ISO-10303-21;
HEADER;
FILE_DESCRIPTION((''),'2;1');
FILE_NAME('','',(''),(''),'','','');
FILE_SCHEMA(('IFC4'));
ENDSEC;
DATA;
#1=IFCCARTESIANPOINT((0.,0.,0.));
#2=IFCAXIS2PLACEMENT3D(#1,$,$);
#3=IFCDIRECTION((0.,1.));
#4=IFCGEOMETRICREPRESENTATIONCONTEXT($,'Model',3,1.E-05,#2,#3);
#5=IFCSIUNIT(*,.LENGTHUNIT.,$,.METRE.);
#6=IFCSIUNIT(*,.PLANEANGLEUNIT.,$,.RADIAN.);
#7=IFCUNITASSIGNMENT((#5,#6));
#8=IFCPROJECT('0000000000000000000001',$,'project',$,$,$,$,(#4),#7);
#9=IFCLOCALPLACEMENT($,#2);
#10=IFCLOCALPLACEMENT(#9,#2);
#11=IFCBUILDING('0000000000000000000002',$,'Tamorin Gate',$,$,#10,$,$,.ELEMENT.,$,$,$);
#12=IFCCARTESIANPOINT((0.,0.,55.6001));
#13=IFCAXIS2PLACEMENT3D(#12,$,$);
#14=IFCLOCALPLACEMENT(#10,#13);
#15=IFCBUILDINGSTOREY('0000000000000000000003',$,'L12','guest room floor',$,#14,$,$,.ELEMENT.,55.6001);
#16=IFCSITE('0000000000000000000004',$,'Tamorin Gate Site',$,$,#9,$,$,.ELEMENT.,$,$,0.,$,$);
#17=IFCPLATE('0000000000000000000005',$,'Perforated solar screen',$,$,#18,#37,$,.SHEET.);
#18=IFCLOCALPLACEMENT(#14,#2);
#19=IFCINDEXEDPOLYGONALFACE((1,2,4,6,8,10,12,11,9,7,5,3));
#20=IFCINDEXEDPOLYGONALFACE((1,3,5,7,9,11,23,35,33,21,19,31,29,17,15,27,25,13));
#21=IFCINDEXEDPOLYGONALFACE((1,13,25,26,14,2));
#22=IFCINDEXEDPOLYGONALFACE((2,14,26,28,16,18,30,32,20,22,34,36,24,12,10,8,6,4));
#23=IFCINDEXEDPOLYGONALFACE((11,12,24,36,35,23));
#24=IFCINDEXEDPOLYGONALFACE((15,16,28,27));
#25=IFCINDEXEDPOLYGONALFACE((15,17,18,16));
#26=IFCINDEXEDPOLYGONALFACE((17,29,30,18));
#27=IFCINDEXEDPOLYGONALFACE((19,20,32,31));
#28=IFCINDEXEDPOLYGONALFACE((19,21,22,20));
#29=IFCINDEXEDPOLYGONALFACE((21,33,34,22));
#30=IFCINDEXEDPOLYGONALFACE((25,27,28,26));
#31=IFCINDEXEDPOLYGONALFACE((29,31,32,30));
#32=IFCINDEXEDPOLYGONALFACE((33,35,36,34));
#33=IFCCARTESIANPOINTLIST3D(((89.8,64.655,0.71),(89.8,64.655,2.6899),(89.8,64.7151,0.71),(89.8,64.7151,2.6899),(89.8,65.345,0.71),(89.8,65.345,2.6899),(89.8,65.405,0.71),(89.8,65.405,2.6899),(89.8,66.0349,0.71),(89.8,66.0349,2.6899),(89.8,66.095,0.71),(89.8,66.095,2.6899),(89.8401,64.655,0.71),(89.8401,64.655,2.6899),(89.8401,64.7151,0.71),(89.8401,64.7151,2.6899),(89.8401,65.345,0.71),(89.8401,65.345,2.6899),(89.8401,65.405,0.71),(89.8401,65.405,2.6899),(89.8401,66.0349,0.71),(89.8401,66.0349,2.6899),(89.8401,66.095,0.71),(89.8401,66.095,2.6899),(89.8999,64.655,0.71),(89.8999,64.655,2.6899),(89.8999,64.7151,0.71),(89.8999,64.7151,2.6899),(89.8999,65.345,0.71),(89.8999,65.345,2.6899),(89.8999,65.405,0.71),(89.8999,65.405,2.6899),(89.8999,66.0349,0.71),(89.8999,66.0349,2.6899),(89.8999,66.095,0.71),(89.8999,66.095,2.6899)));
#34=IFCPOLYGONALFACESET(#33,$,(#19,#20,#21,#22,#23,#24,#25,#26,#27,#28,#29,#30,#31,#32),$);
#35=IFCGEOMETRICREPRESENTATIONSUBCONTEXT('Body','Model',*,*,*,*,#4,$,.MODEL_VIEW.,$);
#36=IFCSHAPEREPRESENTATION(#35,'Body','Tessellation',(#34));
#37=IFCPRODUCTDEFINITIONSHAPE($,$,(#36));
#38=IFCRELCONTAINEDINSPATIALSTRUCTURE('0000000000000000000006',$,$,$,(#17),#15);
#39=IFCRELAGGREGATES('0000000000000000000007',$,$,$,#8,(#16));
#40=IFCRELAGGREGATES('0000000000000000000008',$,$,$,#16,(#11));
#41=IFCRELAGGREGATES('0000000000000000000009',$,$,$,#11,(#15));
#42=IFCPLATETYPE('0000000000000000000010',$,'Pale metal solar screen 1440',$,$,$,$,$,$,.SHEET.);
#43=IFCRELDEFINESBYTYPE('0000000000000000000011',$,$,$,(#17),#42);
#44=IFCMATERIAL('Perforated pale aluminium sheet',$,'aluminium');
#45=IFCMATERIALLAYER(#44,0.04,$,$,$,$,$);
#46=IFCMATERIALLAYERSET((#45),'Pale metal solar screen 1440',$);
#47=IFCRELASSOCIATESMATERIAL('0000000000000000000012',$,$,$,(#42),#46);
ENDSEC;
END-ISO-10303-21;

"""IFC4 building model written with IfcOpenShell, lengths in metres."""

from ifc_helpers import new_model, si_unit, direction, frame, origin, place, context, subcontext, project, spatial, polyline, outline, extrude, material, layer, layer_set, type_object, element, save


model = new_model("IFC4")

# Units and contexts
model_context = context("Model", 3, precision=1e-05, world=origin(), true_north=direction((0.0, 1.0)))
body_context = subcontext(model_context, "Body", "Model", "MODEL_VIEW")
ifc_project = project(units=[si_unit("LENGTHUNIT", "METRE"), si_unit("PLANEANGLEUNIT", "RADIAN")], contexts=[model_context])

# Site, building, storey
site_placement = place(None, origin())
site = spatial("IfcSite", under=ifc_project, at=site_placement, Name="Tamorin Gate Site", CompositionType="ELEMENT", RefElevation=0.0)
building_placement = place(site_placement, origin())
building = spatial("IfcBuilding", under=site, at=building_placement, Name="Tamorin Gate", CompositionType="ELEMENT")
storey_placement = place(building_placement, frame((0.0, 0.0, 55.6001)))
storey = spatial("IfcBuildingStorey", under=building, at=storey_placement, Name="L12", Description="guest room floor", CompositionType="ELEMENT", Elevation=55.6001)

# Plate
ifc_material_1 = material(Name="Perforated pale aluminium sheet", Category="aluminium")
ifc_layer_1 = layer(ifc_material_1, 0.04)
ifc_layer_set_1 = layer_set([ifc_layer_1], Name="Pale metal solar screen 1440")
plate_type = type_object("IfcPlateType", Name="Pale metal solar screen 1440", PredefinedType="SHEET", material=ifc_layer_set_1)
plate_1_placement = place(storey_placement, frame((0.0, 0.0, 0.71)))
element("IfcPlate", 1, at=plate_1_placement, inside=storey, type_object=plate_type, Name="Perforated solar screen", PredefinedType="SHEET", context=body_context, shape_type="SweptSolid", body=[
    extrude(outline(polyline([(89.8401, 64.655), (89.8, 64.655), (89.8, 64.7151), (89.8, 65.345), (89.8, 65.405), (89.8, 66.0349), (89.8, 66.095), (89.8401, 66.095), (89.8999, 66.095), (89.8999, 66.0349), (89.8401, 66.0349), (89.8401, 65.405), (89.8999, 65.405), (89.8999, 65.345), (89.8401, 65.345), (89.8401, 64.7151), (89.8999, 64.7151), (89.8999, 64.655), (89.8401, 64.655)])), origin(), (0.0, 0.0, 1.0), 1.98),
])

save(model, "model.ifc")
